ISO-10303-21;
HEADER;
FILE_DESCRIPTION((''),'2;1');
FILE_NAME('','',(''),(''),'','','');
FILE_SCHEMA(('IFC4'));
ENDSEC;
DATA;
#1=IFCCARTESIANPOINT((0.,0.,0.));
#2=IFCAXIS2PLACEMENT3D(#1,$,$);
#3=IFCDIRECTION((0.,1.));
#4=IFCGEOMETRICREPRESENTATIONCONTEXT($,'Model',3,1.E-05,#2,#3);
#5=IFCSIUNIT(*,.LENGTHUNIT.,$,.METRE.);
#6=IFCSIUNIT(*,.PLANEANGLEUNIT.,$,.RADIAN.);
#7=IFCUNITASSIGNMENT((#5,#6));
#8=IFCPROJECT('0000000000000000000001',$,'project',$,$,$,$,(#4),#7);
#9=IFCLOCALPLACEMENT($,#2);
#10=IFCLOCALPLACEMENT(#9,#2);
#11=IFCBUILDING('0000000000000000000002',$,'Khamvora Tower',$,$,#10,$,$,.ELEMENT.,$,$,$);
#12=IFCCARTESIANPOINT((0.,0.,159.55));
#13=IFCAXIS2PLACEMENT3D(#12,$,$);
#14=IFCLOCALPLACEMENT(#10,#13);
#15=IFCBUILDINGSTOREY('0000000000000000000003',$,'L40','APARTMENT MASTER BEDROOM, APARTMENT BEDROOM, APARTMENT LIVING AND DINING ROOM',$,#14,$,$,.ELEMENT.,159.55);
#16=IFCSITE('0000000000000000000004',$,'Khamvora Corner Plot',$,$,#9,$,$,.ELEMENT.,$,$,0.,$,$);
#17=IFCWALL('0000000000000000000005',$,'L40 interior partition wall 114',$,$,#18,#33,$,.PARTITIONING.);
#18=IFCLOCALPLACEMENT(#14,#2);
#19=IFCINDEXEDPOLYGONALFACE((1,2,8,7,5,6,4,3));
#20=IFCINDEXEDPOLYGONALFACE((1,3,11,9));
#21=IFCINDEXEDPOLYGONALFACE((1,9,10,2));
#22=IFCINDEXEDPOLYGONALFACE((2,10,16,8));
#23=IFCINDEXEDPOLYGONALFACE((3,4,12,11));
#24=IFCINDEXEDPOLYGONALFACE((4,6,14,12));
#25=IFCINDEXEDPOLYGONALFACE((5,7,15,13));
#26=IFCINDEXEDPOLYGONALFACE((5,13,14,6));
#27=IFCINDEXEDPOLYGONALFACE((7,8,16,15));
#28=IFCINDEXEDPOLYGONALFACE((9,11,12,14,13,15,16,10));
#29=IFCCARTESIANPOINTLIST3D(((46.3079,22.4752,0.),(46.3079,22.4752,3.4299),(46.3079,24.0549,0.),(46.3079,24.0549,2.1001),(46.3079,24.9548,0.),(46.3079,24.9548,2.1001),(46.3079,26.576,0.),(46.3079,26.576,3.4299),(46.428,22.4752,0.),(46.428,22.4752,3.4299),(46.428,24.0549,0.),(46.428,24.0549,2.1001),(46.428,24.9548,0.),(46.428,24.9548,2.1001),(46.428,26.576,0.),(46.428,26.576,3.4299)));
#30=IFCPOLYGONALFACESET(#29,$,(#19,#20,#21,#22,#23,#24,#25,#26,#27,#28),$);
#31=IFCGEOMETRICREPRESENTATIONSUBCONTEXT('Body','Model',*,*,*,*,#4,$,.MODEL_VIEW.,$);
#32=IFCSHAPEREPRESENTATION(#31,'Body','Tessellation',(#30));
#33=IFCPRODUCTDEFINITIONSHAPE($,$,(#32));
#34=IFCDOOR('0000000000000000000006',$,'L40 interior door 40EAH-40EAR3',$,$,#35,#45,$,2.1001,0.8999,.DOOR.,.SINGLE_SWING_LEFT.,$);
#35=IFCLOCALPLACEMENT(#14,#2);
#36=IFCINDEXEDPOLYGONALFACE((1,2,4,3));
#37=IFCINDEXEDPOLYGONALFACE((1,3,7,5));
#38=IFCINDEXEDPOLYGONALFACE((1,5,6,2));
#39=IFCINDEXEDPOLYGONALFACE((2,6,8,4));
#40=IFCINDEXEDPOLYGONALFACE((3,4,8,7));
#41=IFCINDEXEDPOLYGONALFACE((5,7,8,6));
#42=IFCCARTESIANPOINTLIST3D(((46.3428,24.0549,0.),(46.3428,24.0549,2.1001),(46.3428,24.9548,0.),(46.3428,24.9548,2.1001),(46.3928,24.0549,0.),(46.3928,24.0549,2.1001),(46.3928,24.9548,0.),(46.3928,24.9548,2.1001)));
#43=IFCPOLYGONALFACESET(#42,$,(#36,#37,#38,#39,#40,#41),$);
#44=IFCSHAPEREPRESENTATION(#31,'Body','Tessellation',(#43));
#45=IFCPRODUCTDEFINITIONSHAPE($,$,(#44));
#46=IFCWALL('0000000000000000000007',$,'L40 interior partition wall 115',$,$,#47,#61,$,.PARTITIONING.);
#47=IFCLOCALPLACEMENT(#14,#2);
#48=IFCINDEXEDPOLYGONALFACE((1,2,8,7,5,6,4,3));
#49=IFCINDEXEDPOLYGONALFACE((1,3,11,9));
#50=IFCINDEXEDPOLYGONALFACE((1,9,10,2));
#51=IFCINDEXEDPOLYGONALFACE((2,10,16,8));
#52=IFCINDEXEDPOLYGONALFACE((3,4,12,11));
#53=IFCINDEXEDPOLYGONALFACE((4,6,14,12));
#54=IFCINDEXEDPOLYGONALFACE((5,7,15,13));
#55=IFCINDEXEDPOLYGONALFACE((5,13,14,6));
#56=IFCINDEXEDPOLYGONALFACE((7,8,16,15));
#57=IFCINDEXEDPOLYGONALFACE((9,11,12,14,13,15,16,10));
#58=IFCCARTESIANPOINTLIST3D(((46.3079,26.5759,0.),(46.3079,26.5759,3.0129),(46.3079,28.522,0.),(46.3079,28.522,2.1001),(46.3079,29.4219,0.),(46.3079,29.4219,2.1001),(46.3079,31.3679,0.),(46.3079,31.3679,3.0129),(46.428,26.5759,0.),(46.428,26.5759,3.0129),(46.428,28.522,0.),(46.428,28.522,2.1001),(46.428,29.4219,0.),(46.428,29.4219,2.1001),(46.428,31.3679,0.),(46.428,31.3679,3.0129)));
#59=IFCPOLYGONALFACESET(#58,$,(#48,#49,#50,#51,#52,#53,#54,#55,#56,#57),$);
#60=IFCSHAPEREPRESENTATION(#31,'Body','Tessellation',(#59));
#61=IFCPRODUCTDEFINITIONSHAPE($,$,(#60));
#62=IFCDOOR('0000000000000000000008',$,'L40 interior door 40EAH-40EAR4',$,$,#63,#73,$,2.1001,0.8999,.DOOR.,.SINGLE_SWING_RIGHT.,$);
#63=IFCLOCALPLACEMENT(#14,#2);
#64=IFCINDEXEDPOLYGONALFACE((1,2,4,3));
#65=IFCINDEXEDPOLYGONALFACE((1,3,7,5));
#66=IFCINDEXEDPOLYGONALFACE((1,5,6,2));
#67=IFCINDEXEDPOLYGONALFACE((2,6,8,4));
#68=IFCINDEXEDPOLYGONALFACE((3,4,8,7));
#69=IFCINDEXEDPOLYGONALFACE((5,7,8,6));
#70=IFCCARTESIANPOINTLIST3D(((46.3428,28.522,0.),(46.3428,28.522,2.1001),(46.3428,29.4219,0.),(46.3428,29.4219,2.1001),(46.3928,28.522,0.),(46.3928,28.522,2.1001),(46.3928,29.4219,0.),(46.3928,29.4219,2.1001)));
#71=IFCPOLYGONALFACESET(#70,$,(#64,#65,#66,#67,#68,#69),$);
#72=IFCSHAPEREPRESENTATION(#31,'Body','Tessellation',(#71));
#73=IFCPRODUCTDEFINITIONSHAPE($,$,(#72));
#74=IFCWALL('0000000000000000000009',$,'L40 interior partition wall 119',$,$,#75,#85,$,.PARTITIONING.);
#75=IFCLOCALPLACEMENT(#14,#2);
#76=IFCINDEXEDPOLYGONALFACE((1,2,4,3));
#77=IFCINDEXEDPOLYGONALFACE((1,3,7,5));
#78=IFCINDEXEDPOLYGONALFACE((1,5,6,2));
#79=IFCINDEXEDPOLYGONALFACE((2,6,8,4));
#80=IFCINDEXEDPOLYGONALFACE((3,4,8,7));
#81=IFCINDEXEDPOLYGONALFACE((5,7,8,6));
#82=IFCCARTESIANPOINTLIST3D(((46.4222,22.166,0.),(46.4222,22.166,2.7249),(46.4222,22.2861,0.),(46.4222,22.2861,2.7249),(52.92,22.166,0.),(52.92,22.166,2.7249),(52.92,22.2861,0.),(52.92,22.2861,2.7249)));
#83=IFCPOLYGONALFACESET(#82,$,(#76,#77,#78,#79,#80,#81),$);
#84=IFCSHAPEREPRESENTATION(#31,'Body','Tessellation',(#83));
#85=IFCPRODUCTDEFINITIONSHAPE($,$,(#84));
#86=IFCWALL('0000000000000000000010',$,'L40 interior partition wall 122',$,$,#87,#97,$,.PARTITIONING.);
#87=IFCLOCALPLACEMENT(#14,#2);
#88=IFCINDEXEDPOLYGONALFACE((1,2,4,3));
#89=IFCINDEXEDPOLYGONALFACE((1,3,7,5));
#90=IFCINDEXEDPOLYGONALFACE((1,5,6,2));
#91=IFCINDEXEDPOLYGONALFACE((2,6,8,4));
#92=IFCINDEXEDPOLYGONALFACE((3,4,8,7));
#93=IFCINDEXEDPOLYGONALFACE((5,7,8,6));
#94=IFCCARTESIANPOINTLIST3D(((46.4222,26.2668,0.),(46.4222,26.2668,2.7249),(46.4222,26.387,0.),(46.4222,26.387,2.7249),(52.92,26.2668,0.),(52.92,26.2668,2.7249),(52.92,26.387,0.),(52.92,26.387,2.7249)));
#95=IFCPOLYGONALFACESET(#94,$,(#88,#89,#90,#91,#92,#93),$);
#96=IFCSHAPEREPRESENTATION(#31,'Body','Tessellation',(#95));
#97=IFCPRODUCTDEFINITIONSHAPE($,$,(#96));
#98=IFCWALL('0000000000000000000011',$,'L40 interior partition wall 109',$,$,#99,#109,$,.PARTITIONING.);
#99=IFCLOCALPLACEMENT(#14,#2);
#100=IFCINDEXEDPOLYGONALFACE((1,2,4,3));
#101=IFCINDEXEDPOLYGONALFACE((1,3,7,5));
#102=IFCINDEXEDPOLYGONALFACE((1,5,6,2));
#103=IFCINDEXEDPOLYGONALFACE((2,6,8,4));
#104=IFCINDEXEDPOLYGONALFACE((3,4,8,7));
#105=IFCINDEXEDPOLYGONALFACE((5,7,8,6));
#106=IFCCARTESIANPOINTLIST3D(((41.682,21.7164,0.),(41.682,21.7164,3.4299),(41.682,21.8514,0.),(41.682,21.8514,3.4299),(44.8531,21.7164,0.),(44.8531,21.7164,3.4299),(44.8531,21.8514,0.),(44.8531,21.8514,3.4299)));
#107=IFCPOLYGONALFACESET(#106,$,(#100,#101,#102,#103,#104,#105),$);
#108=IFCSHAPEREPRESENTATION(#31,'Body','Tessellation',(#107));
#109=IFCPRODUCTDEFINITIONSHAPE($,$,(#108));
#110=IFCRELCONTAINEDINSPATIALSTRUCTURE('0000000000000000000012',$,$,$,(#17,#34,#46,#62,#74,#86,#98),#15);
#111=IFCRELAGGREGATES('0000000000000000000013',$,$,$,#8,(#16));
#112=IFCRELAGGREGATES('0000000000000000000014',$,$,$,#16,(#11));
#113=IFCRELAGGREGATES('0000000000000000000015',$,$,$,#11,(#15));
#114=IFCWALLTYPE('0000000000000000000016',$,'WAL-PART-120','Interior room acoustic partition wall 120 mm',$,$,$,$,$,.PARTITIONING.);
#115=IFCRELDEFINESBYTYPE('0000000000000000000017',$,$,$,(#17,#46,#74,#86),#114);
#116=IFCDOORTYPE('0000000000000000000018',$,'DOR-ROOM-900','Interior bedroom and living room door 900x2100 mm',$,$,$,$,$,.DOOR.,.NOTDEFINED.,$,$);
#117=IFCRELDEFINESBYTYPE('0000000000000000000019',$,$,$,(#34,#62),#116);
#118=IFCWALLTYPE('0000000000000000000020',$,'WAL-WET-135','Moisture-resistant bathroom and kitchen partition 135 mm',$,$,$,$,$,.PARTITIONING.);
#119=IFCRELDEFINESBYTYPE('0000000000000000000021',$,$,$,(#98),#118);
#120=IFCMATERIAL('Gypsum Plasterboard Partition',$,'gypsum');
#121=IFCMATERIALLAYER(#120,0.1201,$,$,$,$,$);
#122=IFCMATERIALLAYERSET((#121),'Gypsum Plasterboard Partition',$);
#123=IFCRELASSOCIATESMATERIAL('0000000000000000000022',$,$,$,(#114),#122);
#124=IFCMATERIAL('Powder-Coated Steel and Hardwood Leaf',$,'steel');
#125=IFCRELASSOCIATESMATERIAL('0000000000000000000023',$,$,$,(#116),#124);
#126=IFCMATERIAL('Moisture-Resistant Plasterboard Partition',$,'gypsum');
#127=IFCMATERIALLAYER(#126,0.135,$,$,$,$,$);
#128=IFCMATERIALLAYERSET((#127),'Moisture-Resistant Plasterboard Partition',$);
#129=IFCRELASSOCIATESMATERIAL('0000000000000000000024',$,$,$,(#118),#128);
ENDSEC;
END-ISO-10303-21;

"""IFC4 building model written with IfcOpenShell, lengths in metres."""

from ifc_helpers import new_model, si_unit, direction, frame, frame_2d, origin, place, context, subcontext, project, spatial, rectangle, extrude, material, layer, layer_set, type_object, element, fill, save


model = new_model("IFC4")

# Units and contexts
model_context = context("Model", 3, precision=1e-05, world=origin(), true_north=direction((0.0, 1.0)))
body_context = subcontext(model_context, "Body", "Model", "MODEL_VIEW")
ifc_project = project(units=[si_unit("LENGTHUNIT", "METRE"), si_unit("PLANEANGLEUNIT", "RADIAN")], contexts=[model_context])

# Site, building, storey
site_placement = place(None, origin())
site = spatial("IfcSite", under=ifc_project, at=site_placement, Name="Khamvora Corner Plot", CompositionType="ELEMENT", RefElevation=0.0)
building_placement = place(site_placement, origin())
building = spatial("IfcBuilding", under=site, at=building_placement, Name="Khamvora Tower", CompositionType="ELEMENT")
storey_placement = place(building_placement, frame((0.0, 0.0, 159.55)))
storey = spatial("IfcBuildingStorey", under=building, at=storey_placement, Name="L40", Description="APARTMENT MASTER BEDROOM, APARTMENT BEDROOM, APARTMENT LIVING AND DINING ROOM", CompositionType="ELEMENT", Elevation=159.55)

# Walls, openings, doors
ifc_material_1 = material(Name="Gypsum Plasterboard Partition", Category="gypsum")
ifc_layer_1 = layer(ifc_material_1, 0.1201)
ifc_layer_set_1 = layer_set([ifc_layer_1], Name="Gypsum Plasterboard Partition")
wall_type_1 = type_object("IfcWallType", Name="WAL-PART-120", Description="Interior room acoustic partition wall 120 mm", PredefinedType="PARTITIONING", material=ifc_layer_set_1)
ifc_material_2 = material(Name="Powder-Coated Steel and Hardwood Leaf", Category="steel")
door_type = type_object("IfcDoorType", Name="DOR-ROOM-900", Description="Interior bedroom and living room door 900x2100 mm", OperationType="NOTDEFINED", PredefinedType="DOOR", material=ifc_material_2)
wall_1_placement = place(storey_placement, frame((46.3679, 26.5759, 0.0), z_axis=(0.0, 0.0, 1.0), x_axis=(0.0, -1.0, 0.0)))
wall_1 = element("IfcWall", 1, at=wall_1_placement, inside=storey, type_object=wall_type_1, Name="L40 interior partition wall 114", PredefinedType="PARTITIONING", context=body_context, shape_type="SweptSolid", body=[
    extrude(rectangle(XDim=4.1008, YDim=0.1201, at=frame_2d((2.0503, 0.0))), origin(), (0.0, 0.0, 1.0), 3.4299),
])
opening_1_placement = place(wall_1_placement, frame((1.6211, 0.0, 0.0)))
opening_1 = element("IfcOpeningElement", 2, at=opening_1_placement, cuts=wall_1, PredefinedType="OPENING", context=body_context, shape_type="SweptSolid", body=[
    extrude(rectangle(XDim=0.8999, YDim=2.1001, at=frame_2d((0.45, 1.05))), frame((0.0, 0.0701, 0.0), z_axis=(0.0, -1.0, 0.0), x_axis=(1.0, 0.0, 0.0)), (0.0, 0.0, 1.0), 0.1401),
])
door_1_placement = place(opening_1_placement, origin())
door_1 = element("IfcDoor", 3, at=door_1_placement, inside=storey, type_object=door_type, Name="L40 interior door 40EAH-40EAR3", OperationType="SINGLE_SWING_LEFT", OverallHeight=2.1001, OverallWidth=0.8999, PredefinedType="DOOR", context=body_context, shape_type="SweptSolid", body=[
    extrude(rectangle(XDim=0.8999, YDim=2.1001, at=frame_2d((0.45, 1.05))), frame((0.0, 0.0249, 0.0), z_axis=(0.0, -1.0, 0.0), x_axis=(1.0, 0.0, 0.0)), (0.0, 0.0, 1.0), 0.05),
])
fill(opening_1, door_1)
wall_2_placement = place(storey_placement, frame((46.3679, 31.3679, 0.0), z_axis=(0.0, 0.0, 1.0), x_axis=(0.0, -1.0, 0.0)))
wall_2 = element("IfcWall", 4, at=wall_2_placement, inside=storey, type_object=wall_type_1, Name="L40 interior partition wall 115", PredefinedType="PARTITIONING", context=body_context, shape_type="SweptSolid", body=[
    extrude(rectangle(XDim=4.792, YDim=0.1201, at=frame_2d((2.396, 0.0))), origin(), (0.0, 0.0, 1.0), 3.0129),
])
opening_2_placement = place(wall_2_placement, frame((1.946, 0.0, 0.0)))
opening_2 = element("IfcOpeningElement", 5, at=opening_2_placement, cuts=wall_2, PredefinedType="OPENING", context=body_context, shape_type="SweptSolid", body=[
    extrude(rectangle(XDim=0.8999, YDim=2.1001, at=frame_2d((0.45, 1.05))), frame((0.0, 0.0701, 0.0), z_axis=(0.0, -1.0, 0.0), x_axis=(1.0, 0.0, 0.0)), (0.0, 0.0, 1.0), 0.1401),
])
door_2_placement = place(opening_2_placement, origin())
door_2 = element("IfcDoor", 6, at=door_2_placement, inside=storey, type_object=door_type, Name="L40 interior door 40EAH-40EAR4", OperationType="SINGLE_SWING_RIGHT", OverallHeight=2.1001, OverallWidth=0.8999, PredefinedType="DOOR", context=body_context, shape_type="SweptSolid", body=[
    extrude(rectangle(XDim=0.8999, YDim=2.1001, at=frame_2d((0.45, 1.05))), frame((0.0, 0.0249, 0.0), z_axis=(0.0, -1.0, 0.0), x_axis=(1.0, 0.0, 0.0)), (0.0, 0.0, 1.0), 0.05),
])
fill(opening_2, door_2)

# Walls
for number, where, z_axis, x_axis, name in (
    (7, (46.4221, 22.2261, 0.0), (0.0, 0.0, 1.0), (1.0, 0.0, 0.0), "L40 interior partition wall 119"),
    (8, (46.4221, 26.3269, 0.0), (0.0, 0.0, 1.0), (1.0, 0.0, 0.0), "L40 interior partition wall 122"),
):
    element("IfcWall", number, at=place(storey_placement, frame(where, z_axis=z_axis, x_axis=x_axis)), inside=storey, type_object=wall_type_1, Name=name, PredefinedType="PARTITIONING", context=body_context, shape_type="SweptSolid", body=[
        extrude(rectangle(XDim=6.4978, YDim=0.1201, at=frame_2d((3.249, 0.0))), origin(), (0.0, 0.0, 1.0), 2.7249),
    ])
ifc_material_3 = material(Name="Moisture-Resistant Plasterboard Partition", Category="gypsum")
ifc_layer_2 = layer(ifc_material_3, 0.135)
ifc_layer_set_2 = layer_set([ifc_layer_2], Name="Moisture-Resistant Plasterboard Partition")
wall_type_2 = type_object("IfcWallType", Name="WAL-WET-135", Description="Moisture-resistant bathroom and kitchen partition 135 mm", PredefinedType="PARTITIONING", material=ifc_layer_set_2)
wall_3_placement = place(storey_placement, frame((44.853, 21.7839, 0.0), z_axis=(0.0, 0.0, 1.0), x_axis=(-1.0, 0.0, 0.0)))
element("IfcWall", 9, at=wall_3_placement, inside=storey, type_object=wall_type_2, Name="L40 interior partition wall 109", PredefinedType="PARTITIONING", context=body_context, shape_type="SweptSolid", body=[
    extrude(rectangle(XDim=3.1711, YDim=0.135, at=frame_2d((1.5854, 0.0))), origin(), (0.0, 0.0, 1.0), 3.4299),
])

save(model, "model.ifc")
